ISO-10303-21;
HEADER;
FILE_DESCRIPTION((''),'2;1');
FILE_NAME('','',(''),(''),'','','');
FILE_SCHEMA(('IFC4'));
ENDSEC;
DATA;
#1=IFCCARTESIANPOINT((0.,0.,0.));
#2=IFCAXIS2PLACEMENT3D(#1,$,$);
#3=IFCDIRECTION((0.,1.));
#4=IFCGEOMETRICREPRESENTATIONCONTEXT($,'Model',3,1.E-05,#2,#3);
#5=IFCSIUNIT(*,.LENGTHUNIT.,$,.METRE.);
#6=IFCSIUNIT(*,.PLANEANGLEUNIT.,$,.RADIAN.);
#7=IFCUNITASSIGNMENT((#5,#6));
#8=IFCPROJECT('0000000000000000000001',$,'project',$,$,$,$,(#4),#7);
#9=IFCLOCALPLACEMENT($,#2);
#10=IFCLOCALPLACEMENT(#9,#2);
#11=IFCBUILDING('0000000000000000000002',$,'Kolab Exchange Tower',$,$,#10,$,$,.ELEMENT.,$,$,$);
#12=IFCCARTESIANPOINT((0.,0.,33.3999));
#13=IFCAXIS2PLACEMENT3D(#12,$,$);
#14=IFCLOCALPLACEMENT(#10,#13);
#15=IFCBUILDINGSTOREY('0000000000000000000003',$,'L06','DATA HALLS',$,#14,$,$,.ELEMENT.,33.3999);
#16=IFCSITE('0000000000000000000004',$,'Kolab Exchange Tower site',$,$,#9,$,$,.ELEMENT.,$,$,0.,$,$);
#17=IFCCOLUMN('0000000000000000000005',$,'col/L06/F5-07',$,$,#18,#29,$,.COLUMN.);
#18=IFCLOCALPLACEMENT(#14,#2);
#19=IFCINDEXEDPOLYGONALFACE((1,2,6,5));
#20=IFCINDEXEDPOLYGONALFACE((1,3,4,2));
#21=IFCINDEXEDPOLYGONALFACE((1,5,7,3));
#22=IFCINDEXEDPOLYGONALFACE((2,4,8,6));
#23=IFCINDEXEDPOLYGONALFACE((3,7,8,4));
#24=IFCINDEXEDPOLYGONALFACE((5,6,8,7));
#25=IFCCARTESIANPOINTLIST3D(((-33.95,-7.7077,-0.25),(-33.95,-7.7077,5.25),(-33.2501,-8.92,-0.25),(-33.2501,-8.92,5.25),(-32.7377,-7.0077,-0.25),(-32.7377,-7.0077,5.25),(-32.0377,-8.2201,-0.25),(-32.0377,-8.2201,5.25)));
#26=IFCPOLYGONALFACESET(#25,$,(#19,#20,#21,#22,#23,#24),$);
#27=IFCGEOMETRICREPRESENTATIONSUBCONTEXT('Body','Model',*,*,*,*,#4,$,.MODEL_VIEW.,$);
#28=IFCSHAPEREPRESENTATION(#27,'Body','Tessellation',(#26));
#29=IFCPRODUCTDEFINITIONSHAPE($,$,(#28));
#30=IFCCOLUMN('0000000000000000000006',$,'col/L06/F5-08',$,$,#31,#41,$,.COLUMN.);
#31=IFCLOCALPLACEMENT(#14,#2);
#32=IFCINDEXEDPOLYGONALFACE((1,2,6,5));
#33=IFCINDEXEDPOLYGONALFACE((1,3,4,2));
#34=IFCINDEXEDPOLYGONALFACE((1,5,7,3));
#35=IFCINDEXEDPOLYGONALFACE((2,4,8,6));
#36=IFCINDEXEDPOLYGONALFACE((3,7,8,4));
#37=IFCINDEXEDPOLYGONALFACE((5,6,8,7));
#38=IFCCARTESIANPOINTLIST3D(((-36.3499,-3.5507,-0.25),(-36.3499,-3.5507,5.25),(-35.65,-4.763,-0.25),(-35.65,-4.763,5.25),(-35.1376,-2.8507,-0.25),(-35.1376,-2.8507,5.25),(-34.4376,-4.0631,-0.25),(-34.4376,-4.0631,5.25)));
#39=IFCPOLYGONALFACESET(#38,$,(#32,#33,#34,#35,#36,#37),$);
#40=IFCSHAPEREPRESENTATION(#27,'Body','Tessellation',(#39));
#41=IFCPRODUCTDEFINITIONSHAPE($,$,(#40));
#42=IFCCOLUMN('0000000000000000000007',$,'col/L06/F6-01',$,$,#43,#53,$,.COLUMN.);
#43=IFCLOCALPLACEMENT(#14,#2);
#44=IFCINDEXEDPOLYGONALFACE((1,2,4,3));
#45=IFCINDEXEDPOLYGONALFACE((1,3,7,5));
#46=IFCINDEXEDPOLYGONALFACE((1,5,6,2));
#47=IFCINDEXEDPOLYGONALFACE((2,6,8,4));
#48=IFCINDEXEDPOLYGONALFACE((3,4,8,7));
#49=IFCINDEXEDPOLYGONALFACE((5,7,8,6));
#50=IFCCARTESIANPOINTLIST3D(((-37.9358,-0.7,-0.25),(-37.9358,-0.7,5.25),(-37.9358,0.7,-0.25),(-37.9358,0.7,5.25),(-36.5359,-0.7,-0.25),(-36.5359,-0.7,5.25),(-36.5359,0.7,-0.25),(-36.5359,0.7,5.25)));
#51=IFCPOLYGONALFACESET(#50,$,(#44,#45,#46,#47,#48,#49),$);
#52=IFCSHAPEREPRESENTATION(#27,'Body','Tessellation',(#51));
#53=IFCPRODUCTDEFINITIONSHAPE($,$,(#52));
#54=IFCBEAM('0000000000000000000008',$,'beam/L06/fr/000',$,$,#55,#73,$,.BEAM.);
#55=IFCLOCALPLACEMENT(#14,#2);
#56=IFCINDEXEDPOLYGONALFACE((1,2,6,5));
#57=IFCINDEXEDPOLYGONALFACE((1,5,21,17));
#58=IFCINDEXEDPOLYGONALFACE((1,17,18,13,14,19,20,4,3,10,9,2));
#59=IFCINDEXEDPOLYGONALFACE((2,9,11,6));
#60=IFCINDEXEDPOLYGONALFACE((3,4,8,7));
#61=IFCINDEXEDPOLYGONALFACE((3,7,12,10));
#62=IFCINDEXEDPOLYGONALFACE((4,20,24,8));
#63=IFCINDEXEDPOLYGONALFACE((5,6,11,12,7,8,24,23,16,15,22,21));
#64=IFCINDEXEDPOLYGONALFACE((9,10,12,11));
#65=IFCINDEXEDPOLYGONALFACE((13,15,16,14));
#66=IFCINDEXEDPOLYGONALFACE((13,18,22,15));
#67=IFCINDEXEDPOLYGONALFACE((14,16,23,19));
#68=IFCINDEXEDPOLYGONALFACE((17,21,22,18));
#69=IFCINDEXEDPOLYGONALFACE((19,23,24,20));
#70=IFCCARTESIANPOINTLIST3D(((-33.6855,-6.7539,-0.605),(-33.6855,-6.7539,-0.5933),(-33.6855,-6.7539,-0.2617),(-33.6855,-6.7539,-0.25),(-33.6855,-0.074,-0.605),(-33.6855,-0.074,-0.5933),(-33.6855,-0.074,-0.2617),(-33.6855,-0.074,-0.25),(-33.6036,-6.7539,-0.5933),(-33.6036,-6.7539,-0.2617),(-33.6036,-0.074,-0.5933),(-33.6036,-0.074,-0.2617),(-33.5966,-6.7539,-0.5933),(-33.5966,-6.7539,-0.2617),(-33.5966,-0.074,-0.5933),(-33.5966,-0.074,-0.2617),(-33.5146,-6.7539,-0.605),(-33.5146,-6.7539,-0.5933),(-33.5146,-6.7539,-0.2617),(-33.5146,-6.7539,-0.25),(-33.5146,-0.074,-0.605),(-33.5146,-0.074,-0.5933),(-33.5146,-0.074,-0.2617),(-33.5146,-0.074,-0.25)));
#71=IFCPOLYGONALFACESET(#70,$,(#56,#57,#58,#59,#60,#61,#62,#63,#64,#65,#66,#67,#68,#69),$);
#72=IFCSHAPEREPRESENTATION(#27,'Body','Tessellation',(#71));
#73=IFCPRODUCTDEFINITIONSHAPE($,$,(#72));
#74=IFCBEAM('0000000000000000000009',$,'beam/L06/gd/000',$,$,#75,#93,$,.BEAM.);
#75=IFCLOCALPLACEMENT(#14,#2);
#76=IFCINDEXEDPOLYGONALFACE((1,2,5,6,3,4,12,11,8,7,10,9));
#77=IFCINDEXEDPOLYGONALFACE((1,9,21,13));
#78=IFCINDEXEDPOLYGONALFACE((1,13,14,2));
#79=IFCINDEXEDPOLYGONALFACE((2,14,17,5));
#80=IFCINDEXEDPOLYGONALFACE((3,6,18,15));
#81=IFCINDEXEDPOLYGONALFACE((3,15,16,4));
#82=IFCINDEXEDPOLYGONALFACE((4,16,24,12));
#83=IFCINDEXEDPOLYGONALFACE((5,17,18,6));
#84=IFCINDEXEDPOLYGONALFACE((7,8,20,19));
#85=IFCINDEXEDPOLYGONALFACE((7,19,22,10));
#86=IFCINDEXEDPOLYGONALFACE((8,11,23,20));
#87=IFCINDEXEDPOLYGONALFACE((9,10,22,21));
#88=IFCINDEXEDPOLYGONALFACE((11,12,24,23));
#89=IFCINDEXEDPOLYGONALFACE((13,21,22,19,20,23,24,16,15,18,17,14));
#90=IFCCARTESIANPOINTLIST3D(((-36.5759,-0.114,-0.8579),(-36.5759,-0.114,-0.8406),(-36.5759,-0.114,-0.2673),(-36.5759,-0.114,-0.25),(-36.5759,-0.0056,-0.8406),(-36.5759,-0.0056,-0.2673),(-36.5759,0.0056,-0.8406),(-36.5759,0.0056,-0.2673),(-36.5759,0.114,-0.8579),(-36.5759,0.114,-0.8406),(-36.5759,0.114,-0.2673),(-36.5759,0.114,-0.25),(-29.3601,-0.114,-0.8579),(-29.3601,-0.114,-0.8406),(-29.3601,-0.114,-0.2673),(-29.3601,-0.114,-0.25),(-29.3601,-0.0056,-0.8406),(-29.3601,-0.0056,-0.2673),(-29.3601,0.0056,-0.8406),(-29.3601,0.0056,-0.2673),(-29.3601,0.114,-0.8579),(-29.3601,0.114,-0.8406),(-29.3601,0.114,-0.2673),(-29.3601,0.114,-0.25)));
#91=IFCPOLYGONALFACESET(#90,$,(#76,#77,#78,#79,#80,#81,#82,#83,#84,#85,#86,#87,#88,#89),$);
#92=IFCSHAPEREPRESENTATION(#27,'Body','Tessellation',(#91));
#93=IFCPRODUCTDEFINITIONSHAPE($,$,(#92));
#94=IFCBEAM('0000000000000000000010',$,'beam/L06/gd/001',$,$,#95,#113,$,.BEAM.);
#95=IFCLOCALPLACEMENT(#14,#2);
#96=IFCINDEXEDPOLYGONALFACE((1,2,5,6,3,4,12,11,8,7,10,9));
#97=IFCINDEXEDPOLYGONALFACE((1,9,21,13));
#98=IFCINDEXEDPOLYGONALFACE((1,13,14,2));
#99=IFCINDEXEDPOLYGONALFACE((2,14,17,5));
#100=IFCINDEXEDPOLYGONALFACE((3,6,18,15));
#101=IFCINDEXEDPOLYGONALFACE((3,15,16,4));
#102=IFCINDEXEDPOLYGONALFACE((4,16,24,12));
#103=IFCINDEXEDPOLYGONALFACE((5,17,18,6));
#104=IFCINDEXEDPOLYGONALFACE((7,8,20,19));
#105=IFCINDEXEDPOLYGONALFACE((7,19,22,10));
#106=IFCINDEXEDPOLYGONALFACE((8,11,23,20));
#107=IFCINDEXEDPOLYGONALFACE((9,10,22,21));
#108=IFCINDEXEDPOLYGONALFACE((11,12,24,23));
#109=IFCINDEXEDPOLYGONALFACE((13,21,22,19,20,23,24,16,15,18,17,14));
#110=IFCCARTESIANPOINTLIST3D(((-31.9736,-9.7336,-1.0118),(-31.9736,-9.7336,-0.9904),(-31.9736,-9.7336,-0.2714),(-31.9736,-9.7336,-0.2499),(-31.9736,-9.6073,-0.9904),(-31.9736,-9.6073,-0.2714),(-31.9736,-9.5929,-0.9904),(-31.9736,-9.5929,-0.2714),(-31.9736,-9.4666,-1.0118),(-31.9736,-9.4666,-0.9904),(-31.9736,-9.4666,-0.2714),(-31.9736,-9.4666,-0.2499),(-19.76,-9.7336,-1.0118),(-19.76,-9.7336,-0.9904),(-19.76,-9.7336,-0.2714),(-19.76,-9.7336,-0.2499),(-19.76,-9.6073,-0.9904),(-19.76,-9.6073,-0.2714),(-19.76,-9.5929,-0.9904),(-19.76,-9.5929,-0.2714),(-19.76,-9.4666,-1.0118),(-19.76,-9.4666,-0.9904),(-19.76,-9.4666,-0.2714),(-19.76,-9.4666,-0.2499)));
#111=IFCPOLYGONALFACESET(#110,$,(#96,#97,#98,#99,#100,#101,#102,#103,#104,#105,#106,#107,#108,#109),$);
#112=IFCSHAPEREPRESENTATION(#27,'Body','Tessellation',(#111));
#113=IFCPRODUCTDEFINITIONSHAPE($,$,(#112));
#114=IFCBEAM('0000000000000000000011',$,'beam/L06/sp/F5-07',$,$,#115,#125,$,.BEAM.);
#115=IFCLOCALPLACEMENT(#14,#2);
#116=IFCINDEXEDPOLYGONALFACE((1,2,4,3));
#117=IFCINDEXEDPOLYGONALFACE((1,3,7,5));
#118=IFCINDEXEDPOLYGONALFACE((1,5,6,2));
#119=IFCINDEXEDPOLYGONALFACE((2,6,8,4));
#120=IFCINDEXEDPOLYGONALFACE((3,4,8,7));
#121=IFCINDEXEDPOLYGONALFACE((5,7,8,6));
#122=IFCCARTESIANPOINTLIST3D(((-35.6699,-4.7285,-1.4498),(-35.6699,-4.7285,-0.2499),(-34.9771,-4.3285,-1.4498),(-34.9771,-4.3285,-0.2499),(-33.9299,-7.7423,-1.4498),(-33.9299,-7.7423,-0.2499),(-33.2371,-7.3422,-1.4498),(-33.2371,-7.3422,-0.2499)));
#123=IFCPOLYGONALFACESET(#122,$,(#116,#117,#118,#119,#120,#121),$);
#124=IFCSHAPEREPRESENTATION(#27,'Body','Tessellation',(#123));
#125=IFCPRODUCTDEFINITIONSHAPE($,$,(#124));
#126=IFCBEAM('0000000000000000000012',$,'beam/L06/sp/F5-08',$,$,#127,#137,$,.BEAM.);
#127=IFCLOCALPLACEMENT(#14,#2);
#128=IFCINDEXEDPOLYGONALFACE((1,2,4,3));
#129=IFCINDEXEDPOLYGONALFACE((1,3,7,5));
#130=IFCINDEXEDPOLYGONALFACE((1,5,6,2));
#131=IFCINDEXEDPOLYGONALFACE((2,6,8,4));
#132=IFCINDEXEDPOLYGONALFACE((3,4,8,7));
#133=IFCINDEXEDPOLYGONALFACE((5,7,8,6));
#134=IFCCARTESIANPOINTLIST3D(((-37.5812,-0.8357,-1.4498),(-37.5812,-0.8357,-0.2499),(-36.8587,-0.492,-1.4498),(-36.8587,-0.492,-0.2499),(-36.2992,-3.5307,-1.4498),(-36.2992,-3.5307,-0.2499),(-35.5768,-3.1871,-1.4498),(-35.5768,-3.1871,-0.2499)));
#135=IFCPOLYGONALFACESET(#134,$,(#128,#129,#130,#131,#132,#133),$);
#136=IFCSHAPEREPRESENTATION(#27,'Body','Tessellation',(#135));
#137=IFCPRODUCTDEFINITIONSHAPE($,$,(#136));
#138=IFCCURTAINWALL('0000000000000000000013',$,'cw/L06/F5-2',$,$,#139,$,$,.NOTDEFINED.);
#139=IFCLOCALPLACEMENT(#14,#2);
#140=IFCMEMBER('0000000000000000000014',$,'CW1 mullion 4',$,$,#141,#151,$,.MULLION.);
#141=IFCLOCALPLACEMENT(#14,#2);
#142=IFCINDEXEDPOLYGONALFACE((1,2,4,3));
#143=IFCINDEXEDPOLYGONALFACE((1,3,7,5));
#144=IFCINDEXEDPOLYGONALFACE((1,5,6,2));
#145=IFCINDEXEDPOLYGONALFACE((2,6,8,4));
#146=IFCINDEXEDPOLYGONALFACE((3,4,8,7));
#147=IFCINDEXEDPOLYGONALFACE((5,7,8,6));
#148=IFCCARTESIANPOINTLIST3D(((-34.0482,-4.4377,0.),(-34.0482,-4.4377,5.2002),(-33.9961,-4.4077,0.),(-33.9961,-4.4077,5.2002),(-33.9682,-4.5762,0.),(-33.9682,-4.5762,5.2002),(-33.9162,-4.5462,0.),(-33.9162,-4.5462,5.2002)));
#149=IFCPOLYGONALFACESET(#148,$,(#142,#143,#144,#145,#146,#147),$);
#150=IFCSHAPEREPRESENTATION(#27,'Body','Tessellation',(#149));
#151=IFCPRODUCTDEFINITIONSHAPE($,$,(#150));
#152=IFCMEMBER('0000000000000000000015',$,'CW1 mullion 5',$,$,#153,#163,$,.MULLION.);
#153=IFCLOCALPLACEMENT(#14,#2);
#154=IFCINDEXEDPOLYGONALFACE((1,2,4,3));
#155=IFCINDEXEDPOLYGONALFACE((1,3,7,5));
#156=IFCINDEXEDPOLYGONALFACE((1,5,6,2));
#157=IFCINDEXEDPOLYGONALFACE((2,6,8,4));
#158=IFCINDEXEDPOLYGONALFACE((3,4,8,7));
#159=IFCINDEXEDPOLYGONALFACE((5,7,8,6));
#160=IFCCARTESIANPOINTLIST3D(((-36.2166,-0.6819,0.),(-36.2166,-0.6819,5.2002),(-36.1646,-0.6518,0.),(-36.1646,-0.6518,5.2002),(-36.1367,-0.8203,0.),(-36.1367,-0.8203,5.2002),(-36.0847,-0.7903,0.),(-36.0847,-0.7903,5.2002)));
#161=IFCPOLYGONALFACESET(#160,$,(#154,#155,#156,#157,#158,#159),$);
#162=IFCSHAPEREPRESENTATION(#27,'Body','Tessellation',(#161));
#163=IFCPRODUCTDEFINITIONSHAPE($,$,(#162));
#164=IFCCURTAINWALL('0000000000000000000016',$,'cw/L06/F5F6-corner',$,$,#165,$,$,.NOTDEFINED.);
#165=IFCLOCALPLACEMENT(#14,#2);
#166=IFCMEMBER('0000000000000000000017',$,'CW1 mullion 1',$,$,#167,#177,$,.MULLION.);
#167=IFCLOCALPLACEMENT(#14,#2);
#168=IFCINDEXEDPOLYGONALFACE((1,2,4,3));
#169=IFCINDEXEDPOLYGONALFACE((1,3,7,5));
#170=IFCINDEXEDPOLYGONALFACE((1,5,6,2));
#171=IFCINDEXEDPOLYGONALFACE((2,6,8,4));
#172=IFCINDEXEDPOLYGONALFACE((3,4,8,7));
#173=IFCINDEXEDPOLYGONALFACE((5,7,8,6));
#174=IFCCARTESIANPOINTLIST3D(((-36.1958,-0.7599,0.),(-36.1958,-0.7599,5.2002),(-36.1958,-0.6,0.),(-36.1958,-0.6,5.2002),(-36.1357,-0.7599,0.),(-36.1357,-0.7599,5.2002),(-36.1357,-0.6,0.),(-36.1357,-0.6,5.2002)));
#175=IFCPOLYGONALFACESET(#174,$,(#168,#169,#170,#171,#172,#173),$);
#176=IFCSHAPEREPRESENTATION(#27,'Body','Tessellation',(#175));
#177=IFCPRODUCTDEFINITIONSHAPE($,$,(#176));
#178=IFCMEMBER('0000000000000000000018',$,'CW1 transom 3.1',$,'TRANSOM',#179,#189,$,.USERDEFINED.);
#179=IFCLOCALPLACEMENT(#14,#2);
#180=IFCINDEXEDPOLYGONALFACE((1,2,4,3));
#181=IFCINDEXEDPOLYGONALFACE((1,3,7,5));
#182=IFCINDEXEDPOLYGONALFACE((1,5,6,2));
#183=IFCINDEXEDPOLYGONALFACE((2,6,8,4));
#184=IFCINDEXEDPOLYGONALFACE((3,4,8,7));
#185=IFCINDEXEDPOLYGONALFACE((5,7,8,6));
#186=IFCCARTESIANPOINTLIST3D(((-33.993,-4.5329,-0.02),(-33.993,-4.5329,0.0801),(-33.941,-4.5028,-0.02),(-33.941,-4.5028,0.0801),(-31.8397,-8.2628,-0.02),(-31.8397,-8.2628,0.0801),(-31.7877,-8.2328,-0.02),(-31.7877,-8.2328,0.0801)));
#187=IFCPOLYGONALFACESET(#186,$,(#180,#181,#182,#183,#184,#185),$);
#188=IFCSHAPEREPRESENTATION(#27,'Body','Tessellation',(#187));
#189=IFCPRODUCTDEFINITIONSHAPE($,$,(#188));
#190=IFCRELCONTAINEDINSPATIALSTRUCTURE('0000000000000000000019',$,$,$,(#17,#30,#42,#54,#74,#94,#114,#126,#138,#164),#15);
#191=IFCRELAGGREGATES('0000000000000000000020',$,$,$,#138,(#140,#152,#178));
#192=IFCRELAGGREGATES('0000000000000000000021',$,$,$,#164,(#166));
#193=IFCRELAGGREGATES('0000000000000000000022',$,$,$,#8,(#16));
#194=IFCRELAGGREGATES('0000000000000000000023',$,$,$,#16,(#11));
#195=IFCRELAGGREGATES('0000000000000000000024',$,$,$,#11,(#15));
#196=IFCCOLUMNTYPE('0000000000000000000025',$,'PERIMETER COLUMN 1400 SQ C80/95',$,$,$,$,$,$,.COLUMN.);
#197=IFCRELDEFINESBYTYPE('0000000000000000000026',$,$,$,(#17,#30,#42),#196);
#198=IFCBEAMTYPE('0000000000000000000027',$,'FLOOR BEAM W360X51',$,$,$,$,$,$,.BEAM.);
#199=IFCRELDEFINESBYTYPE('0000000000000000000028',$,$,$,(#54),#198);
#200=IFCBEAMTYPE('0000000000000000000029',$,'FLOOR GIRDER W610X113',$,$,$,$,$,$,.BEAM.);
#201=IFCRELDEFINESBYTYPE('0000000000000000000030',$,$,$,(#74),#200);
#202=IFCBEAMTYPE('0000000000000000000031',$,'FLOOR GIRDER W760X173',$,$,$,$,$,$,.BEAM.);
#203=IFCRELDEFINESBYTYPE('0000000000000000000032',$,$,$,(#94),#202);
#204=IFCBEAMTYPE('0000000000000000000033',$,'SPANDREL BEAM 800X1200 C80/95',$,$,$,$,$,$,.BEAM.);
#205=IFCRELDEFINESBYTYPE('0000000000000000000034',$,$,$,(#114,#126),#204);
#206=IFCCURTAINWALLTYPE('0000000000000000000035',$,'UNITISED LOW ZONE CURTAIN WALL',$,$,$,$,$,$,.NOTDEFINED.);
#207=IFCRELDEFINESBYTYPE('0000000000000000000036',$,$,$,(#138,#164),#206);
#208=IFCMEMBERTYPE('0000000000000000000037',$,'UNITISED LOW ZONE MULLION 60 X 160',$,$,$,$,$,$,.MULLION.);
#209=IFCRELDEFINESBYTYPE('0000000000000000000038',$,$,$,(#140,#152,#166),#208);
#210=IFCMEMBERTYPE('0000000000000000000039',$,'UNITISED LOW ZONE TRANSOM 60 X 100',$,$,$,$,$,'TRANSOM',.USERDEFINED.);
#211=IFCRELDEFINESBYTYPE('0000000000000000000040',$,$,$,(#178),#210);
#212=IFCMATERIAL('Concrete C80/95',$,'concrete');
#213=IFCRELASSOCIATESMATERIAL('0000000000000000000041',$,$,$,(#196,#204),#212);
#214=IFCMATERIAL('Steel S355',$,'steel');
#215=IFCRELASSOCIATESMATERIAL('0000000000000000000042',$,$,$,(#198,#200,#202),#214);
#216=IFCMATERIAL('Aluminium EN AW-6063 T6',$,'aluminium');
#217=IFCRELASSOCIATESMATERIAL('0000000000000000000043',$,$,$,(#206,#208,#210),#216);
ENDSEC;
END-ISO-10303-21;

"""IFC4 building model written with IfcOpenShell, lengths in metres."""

from ifc_helpers import new_model, si_unit, direction, frame, origin, origin_2d, place, context, subcontext, project, spatial, rectangle, i_section, extrude, material, material_profile, profile_set, type_object, element, aggregate, save


model = new_model("IFC4")

# Units and contexts
model_context = context("Model", 3, precision=1e-05, world=origin(), true_north=direction((0.0, 1.0)))
body_context = subcontext(model_context, "Body", "Model", "MODEL_VIEW")
ifc_project = project(units=[si_unit("LENGTHUNIT", "METRE"), si_unit("PLANEANGLEUNIT", "RADIAN")], contexts=[model_context])

# Site, building, storey
site_placement = place(None, origin())
site = spatial("IfcSite", under=ifc_project, at=site_placement, Name="Kolab Exchange Tower site", CompositionType="ELEMENT", RefElevation=0.0)
building_placement = place(site_placement, origin())
building = spatial("IfcBuilding", under=site, at=building_placement, Name="Kolab Exchange Tower", CompositionType="ELEMENT")
storey_placement = place(building_placement, frame((0.0, 0.0, 33.3999)))
storey = spatial("IfcBuildingStorey", under=building, at=storey_placement, Name="L06", Description="DATA HALLS", CompositionType="ELEMENT", Elevation=33.3999)

# Columns
ifc_material_1 = material(Name="Concrete C80/95", Category="concrete")
ifc_material_profile_1 = material_profile(ifc_material_1, rectangle(XDim=1.3999, YDim=1.3999, at=origin_2d()), Name="RC1400")
ifc_profile_set_1 = profile_set([ifc_material_profile_1], Name="Concrete C80/95")
column_type = type_object("IfcColumnType", Name="PERIMETER COLUMN 1400 SQ C80/95", PredefinedType="COLUMN", material=ifc_profile_set_1)
for number, where, z_axis, x_axis, name in (
    (1, (-32.9939, -7.9639, -0.25), (0.0, 0.0, 1.0), (0.866025, 0.5, 0.0), "col/L06/F5-07"),
    (2, (-35.3938, -3.8069, -0.25), (0.0, 0.0, 1.0), (0.866025, 0.5, 0.0), "col/L06/F5-08"),
    (3, (-37.2358, 0.0, -0.25), (0.0, 0.0, 1.0), (1.0, 0.0, 0.0), "col/L06/F6-01"),
):
    element("IfcColumn", number, at=place(storey_placement, frame(where, z_axis=z_axis, x_axis=x_axis)), inside=storey, type_object=column_type, Name=name, PredefinedType="COLUMN", context=body_context, shape_type="SweptSolid", body=[
        extrude(rectangle(XDim=1.3999, YDim=1.3999, at=origin_2d()), origin(), (0.0, 0.0, 1.0), 5.5),
    ])

# Beams
ifc_material_2 = material(Name="Steel S355", Category="steel")
ifc_material_profile_2 = material_profile(ifc_material_2, i_section(OverallWidth=0.1709, OverallDepth=0.355, WebThickness=0.0071, FlangeThickness=0.0117, at=origin_2d()), Name="W360X51")
ifc_profile_set_2 = profile_set([ifc_material_profile_2], Name="Steel S355")
beam_type_1 = type_object("IfcBeamType", Name="FLOOR BEAM W360X51", PredefinedType="BEAM", material=ifc_profile_set_2)
beam_1_placement = place(storey_placement, frame((-33.6001, -6.7539, -0.4275), z_axis=(0.0, 1.0, 0.0), x_axis=(-1.0, 0.0, 0.0)))
element("IfcBeam", 4, at=beam_1_placement, inside=storey, type_object=beam_type_1, Name="beam/L06/fr/000", PredefinedType="BEAM", context=body_context, shape_type="SweptSolid", body=[
    extrude(i_section(OverallWidth=0.1709, OverallDepth=0.355, WebThickness=0.0071, FlangeThickness=0.0117, at=origin_2d()), origin(), (0.0, 0.0, 1.0), 6.6799),
])
ifc_material_profile_3 = material_profile(ifc_material_2, i_section(OverallWidth=0.228, OverallDepth=0.6079, WebThickness=0.0112, FlangeThickness=0.0173, at=origin_2d()), Name="W610X113")
ifc_profile_set_3 = profile_set([ifc_material_profile_3], Name="Steel S355")
beam_type_2 = type_object("IfcBeamType", Name="FLOOR GIRDER W610X113", PredefinedType="BEAM", material=ifc_profile_set_3)
beam_2_placement = place(storey_placement, frame((-36.5759, 0.0, -0.554), z_axis=(1.0, 0.0, 0.0), x_axis=(0.0, 1.0, 0.0)))
element("IfcBeam", 5, at=beam_2_placement, inside=storey, type_object=beam_type_2, Name="beam/L06/gd/000", PredefinedType="BEAM", context=body_context, shape_type="SweptSolid", body=[
    extrude(i_section(OverallWidth=0.228, OverallDepth=0.6079, WebThickness=0.0112, FlangeThickness=0.0173, at=origin_2d()), origin(), (0.0, 0.0, 1.0), 7.2158),
])
ifc_material_profile_4 = material_profile(ifc_material_2, i_section(OverallWidth=0.2671, OverallDepth=0.762, WebThickness=0.0144, FlangeThickness=0.0215, at=origin_2d()), Name="W760X173")
ifc_profile_set_4 = profile_set([ifc_material_profile_4], Name="Steel S355")
beam_type_3 = type_object("IfcBeamType", Name="FLOOR GIRDER W760X173", PredefinedType="BEAM", material=ifc_profile_set_4)
beam_3_placement = place(storey_placement, frame((-31.9736, -9.6001, -0.6309), z_axis=(1.0, 0.0, 0.0), x_axis=(0.0, 1.0, 0.0)))
element("IfcBeam", 6, at=beam_3_placement, inside=storey, type_object=beam_type_3, Name="beam/L06/gd/001", PredefinedType="BEAM", context=body_context, shape_type="SweptSolid", body=[
    extrude(i_section(OverallWidth=0.2671, OverallDepth=0.762, WebThickness=0.0144, FlangeThickness=0.0215, at=origin_2d()), origin(), (0.0, 0.0, 1.0), 12.2136),
])
ifc_material_profile_5 = material_profile(ifc_material_1, rectangle(XDim=0.8, YDim=1.2, at=origin_2d()), Name="RC800X1200")
ifc_profile_set_5 = profile_set([ifc_material_profile_5], Name="Concrete C80/95")
beam_type_4 = type_object("IfcBeamType", Name="SPANDREL BEAM 800X1200 C80/95", PredefinedType="BEAM", material=ifc_profile_set_5)
beam_4_placement = place(storey_placement, frame((-33.5835, -7.5422, -0.8499), z_axis=(-0.50001, 0.86602, 0.0), x_axis=(-0.86602, -0.50001, 0.0)))
element("IfcBeam", 7, at=beam_4_placement, inside=storey, type_object=beam_type_4, Name="beam/L06/sp/F5-07", PredefinedType="BEAM", context=body_context, shape_type="SweptSolid", body=[
    extrude(rectangle(XDim=0.8, YDim=1.2, at=origin_2d()), origin(), (0.0, 0.0, 1.0), 3.48),
])
beam_5_placement = place(storey_placement, frame((-35.938, -3.3589, -0.8499), z_axis=(-0.429556, 0.90304, 0.0), x_axis=(-0.90304, -0.429556, 0.0)))
element("IfcBeam", 8, at=beam_5_placement, inside=storey, type_object=beam_type_4, Name="beam/L06/sp/F5-08", PredefinedType="BEAM", context=body_context, shape_type="SweptSolid", body=[
    extrude(rectangle(XDim=0.8, YDim=1.2, at=origin_2d()), origin(), (0.0, 0.0, 1.0), 2.9844),
])

# Curtain wall, members
ifc_material_3 = material(Name="Aluminium EN AW-6063 T6", Category="aluminium")
curtain_wall_type = type_object("IfcCurtainWallType", Name="UNITISED LOW ZONE CURTAIN WALL", PredefinedType="NOTDEFINED", material=ifc_material_3)
curtain_wall_1_placement = place(storey_placement, origin())
curtain_wall_1 = element("IfcCurtainWall", 9, at=curtain_wall_1_placement, inside=storey, type_object=curtain_wall_type, Name="cw/L06/F5-2", PredefinedType="NOTDEFINED")
ifc_material_profile_6 = material_profile(ifc_material_3, rectangle(XDim=0.0601, YDim=0.1599, at=origin_2d()), Name="RECT 60X160")
ifc_profile_set_6 = profile_set([ifc_material_profile_6], Name="Aluminium EN AW-6063 T6")
member_type_1 = type_object("IfcMemberType", Name="UNITISED LOW ZONE MULLION 60 X 160", PredefinedType="MULLION", material=ifc_profile_set_6)
member_1_placement = place(storey_placement, frame((-33.9822, -4.4919, 0.0), z_axis=(0.0, 0.0, 1.0), x_axis=(-0.866025, -0.5, 0.0)))
member_1 = element("IfcMember", 10, at=member_1_placement, type_object=member_type_1, Name="CW1 mullion 4", PredefinedType="MULLION", context=body_context, shape_type="SweptSolid", body=[
    extrude(rectangle(XDim=0.0601, YDim=0.1599, at=origin_2d()), origin(), (0.0, 0.0, 1.0), 5.2002),
])
member_2_placement = place(storey_placement, frame((-36.1506, -0.7361, 0.0), z_axis=(0.0, 0.0, 1.0), x_axis=(-0.866025, -0.5, 0.0)))
member_2 = element("IfcMember", 11, at=member_2_placement, type_object=member_type_1, Name="CW1 mullion 5", PredefinedType="MULLION", context=body_context, shape_type="SweptSolid", body=[
    extrude(rectangle(XDim=0.0601, YDim=0.1599, at=origin_2d()), origin(), (0.0, 0.0, 1.0), 5.2002),
])

# Curtain wall, member
curtain_wall_2_placement = place(storey_placement, origin())
curtain_wall_2 = element("IfcCurtainWall", 12, at=curtain_wall_2_placement, inside=storey, type_object=curtain_wall_type, Name="cw/L06/F5F6-corner", PredefinedType="NOTDEFINED")
member_3_placement = place(storey_placement, frame((-36.1658, -0.6799, 0.0), z_axis=(0.0, 0.0, 1.0), x_axis=(-1.0, 0.0, 0.0)))
member_3 = element("IfcMember", 13, at=member_3_placement, type_object=member_type_1, Name="CW1 mullion 1", PredefinedType="MULLION", context=body_context, shape_type="SweptSolid", body=[
    extrude(rectangle(XDim=0.0601, YDim=0.1599, at=origin_2d()), origin(), (0.0, 0.0, 1.0), 5.2002),
])

# Member
ifc_material_profile_7 = material_profile(ifc_material_3, rectangle(XDim=0.0601, YDim=0.1001, at=origin_2d()), Name="RECT 60X100")
ifc_profile_set_7 = profile_set([ifc_material_profile_7], Name="Aluminium EN AW-6063 T6")
member_type_2 = type_object("IfcMemberType", Name="UNITISED LOW ZONE TRANSOM 60 X 100", ElementType="TRANSOM", PredefinedType="USERDEFINED", material=ifc_profile_set_7)
member_4_placement = place(storey_placement, frame((-31.8137, -8.2478, 0.03), z_axis=(-0.499968, 0.866044, 0.0), x_axis=(-0.866044, -0.499968, 0.0)))
member_4 = element("IfcMember", 14, at=member_4_placement, type_object=member_type_2, Name="CW1 transom 3.1", ObjectType="TRANSOM", PredefinedType="USERDEFINED", context=body_context, shape_type="SweptSolid", body=[
    extrude(rectangle(XDim=0.0601, YDim=0.1001, at=origin_2d()), origin(), (0.0, 0.0, 1.0), 4.3069),
])

aggregate(curtain_wall_1, [member_1, member_2, member_4])
aggregate(curtain_wall_2, [member_3])

save(model, "model.ifc")
